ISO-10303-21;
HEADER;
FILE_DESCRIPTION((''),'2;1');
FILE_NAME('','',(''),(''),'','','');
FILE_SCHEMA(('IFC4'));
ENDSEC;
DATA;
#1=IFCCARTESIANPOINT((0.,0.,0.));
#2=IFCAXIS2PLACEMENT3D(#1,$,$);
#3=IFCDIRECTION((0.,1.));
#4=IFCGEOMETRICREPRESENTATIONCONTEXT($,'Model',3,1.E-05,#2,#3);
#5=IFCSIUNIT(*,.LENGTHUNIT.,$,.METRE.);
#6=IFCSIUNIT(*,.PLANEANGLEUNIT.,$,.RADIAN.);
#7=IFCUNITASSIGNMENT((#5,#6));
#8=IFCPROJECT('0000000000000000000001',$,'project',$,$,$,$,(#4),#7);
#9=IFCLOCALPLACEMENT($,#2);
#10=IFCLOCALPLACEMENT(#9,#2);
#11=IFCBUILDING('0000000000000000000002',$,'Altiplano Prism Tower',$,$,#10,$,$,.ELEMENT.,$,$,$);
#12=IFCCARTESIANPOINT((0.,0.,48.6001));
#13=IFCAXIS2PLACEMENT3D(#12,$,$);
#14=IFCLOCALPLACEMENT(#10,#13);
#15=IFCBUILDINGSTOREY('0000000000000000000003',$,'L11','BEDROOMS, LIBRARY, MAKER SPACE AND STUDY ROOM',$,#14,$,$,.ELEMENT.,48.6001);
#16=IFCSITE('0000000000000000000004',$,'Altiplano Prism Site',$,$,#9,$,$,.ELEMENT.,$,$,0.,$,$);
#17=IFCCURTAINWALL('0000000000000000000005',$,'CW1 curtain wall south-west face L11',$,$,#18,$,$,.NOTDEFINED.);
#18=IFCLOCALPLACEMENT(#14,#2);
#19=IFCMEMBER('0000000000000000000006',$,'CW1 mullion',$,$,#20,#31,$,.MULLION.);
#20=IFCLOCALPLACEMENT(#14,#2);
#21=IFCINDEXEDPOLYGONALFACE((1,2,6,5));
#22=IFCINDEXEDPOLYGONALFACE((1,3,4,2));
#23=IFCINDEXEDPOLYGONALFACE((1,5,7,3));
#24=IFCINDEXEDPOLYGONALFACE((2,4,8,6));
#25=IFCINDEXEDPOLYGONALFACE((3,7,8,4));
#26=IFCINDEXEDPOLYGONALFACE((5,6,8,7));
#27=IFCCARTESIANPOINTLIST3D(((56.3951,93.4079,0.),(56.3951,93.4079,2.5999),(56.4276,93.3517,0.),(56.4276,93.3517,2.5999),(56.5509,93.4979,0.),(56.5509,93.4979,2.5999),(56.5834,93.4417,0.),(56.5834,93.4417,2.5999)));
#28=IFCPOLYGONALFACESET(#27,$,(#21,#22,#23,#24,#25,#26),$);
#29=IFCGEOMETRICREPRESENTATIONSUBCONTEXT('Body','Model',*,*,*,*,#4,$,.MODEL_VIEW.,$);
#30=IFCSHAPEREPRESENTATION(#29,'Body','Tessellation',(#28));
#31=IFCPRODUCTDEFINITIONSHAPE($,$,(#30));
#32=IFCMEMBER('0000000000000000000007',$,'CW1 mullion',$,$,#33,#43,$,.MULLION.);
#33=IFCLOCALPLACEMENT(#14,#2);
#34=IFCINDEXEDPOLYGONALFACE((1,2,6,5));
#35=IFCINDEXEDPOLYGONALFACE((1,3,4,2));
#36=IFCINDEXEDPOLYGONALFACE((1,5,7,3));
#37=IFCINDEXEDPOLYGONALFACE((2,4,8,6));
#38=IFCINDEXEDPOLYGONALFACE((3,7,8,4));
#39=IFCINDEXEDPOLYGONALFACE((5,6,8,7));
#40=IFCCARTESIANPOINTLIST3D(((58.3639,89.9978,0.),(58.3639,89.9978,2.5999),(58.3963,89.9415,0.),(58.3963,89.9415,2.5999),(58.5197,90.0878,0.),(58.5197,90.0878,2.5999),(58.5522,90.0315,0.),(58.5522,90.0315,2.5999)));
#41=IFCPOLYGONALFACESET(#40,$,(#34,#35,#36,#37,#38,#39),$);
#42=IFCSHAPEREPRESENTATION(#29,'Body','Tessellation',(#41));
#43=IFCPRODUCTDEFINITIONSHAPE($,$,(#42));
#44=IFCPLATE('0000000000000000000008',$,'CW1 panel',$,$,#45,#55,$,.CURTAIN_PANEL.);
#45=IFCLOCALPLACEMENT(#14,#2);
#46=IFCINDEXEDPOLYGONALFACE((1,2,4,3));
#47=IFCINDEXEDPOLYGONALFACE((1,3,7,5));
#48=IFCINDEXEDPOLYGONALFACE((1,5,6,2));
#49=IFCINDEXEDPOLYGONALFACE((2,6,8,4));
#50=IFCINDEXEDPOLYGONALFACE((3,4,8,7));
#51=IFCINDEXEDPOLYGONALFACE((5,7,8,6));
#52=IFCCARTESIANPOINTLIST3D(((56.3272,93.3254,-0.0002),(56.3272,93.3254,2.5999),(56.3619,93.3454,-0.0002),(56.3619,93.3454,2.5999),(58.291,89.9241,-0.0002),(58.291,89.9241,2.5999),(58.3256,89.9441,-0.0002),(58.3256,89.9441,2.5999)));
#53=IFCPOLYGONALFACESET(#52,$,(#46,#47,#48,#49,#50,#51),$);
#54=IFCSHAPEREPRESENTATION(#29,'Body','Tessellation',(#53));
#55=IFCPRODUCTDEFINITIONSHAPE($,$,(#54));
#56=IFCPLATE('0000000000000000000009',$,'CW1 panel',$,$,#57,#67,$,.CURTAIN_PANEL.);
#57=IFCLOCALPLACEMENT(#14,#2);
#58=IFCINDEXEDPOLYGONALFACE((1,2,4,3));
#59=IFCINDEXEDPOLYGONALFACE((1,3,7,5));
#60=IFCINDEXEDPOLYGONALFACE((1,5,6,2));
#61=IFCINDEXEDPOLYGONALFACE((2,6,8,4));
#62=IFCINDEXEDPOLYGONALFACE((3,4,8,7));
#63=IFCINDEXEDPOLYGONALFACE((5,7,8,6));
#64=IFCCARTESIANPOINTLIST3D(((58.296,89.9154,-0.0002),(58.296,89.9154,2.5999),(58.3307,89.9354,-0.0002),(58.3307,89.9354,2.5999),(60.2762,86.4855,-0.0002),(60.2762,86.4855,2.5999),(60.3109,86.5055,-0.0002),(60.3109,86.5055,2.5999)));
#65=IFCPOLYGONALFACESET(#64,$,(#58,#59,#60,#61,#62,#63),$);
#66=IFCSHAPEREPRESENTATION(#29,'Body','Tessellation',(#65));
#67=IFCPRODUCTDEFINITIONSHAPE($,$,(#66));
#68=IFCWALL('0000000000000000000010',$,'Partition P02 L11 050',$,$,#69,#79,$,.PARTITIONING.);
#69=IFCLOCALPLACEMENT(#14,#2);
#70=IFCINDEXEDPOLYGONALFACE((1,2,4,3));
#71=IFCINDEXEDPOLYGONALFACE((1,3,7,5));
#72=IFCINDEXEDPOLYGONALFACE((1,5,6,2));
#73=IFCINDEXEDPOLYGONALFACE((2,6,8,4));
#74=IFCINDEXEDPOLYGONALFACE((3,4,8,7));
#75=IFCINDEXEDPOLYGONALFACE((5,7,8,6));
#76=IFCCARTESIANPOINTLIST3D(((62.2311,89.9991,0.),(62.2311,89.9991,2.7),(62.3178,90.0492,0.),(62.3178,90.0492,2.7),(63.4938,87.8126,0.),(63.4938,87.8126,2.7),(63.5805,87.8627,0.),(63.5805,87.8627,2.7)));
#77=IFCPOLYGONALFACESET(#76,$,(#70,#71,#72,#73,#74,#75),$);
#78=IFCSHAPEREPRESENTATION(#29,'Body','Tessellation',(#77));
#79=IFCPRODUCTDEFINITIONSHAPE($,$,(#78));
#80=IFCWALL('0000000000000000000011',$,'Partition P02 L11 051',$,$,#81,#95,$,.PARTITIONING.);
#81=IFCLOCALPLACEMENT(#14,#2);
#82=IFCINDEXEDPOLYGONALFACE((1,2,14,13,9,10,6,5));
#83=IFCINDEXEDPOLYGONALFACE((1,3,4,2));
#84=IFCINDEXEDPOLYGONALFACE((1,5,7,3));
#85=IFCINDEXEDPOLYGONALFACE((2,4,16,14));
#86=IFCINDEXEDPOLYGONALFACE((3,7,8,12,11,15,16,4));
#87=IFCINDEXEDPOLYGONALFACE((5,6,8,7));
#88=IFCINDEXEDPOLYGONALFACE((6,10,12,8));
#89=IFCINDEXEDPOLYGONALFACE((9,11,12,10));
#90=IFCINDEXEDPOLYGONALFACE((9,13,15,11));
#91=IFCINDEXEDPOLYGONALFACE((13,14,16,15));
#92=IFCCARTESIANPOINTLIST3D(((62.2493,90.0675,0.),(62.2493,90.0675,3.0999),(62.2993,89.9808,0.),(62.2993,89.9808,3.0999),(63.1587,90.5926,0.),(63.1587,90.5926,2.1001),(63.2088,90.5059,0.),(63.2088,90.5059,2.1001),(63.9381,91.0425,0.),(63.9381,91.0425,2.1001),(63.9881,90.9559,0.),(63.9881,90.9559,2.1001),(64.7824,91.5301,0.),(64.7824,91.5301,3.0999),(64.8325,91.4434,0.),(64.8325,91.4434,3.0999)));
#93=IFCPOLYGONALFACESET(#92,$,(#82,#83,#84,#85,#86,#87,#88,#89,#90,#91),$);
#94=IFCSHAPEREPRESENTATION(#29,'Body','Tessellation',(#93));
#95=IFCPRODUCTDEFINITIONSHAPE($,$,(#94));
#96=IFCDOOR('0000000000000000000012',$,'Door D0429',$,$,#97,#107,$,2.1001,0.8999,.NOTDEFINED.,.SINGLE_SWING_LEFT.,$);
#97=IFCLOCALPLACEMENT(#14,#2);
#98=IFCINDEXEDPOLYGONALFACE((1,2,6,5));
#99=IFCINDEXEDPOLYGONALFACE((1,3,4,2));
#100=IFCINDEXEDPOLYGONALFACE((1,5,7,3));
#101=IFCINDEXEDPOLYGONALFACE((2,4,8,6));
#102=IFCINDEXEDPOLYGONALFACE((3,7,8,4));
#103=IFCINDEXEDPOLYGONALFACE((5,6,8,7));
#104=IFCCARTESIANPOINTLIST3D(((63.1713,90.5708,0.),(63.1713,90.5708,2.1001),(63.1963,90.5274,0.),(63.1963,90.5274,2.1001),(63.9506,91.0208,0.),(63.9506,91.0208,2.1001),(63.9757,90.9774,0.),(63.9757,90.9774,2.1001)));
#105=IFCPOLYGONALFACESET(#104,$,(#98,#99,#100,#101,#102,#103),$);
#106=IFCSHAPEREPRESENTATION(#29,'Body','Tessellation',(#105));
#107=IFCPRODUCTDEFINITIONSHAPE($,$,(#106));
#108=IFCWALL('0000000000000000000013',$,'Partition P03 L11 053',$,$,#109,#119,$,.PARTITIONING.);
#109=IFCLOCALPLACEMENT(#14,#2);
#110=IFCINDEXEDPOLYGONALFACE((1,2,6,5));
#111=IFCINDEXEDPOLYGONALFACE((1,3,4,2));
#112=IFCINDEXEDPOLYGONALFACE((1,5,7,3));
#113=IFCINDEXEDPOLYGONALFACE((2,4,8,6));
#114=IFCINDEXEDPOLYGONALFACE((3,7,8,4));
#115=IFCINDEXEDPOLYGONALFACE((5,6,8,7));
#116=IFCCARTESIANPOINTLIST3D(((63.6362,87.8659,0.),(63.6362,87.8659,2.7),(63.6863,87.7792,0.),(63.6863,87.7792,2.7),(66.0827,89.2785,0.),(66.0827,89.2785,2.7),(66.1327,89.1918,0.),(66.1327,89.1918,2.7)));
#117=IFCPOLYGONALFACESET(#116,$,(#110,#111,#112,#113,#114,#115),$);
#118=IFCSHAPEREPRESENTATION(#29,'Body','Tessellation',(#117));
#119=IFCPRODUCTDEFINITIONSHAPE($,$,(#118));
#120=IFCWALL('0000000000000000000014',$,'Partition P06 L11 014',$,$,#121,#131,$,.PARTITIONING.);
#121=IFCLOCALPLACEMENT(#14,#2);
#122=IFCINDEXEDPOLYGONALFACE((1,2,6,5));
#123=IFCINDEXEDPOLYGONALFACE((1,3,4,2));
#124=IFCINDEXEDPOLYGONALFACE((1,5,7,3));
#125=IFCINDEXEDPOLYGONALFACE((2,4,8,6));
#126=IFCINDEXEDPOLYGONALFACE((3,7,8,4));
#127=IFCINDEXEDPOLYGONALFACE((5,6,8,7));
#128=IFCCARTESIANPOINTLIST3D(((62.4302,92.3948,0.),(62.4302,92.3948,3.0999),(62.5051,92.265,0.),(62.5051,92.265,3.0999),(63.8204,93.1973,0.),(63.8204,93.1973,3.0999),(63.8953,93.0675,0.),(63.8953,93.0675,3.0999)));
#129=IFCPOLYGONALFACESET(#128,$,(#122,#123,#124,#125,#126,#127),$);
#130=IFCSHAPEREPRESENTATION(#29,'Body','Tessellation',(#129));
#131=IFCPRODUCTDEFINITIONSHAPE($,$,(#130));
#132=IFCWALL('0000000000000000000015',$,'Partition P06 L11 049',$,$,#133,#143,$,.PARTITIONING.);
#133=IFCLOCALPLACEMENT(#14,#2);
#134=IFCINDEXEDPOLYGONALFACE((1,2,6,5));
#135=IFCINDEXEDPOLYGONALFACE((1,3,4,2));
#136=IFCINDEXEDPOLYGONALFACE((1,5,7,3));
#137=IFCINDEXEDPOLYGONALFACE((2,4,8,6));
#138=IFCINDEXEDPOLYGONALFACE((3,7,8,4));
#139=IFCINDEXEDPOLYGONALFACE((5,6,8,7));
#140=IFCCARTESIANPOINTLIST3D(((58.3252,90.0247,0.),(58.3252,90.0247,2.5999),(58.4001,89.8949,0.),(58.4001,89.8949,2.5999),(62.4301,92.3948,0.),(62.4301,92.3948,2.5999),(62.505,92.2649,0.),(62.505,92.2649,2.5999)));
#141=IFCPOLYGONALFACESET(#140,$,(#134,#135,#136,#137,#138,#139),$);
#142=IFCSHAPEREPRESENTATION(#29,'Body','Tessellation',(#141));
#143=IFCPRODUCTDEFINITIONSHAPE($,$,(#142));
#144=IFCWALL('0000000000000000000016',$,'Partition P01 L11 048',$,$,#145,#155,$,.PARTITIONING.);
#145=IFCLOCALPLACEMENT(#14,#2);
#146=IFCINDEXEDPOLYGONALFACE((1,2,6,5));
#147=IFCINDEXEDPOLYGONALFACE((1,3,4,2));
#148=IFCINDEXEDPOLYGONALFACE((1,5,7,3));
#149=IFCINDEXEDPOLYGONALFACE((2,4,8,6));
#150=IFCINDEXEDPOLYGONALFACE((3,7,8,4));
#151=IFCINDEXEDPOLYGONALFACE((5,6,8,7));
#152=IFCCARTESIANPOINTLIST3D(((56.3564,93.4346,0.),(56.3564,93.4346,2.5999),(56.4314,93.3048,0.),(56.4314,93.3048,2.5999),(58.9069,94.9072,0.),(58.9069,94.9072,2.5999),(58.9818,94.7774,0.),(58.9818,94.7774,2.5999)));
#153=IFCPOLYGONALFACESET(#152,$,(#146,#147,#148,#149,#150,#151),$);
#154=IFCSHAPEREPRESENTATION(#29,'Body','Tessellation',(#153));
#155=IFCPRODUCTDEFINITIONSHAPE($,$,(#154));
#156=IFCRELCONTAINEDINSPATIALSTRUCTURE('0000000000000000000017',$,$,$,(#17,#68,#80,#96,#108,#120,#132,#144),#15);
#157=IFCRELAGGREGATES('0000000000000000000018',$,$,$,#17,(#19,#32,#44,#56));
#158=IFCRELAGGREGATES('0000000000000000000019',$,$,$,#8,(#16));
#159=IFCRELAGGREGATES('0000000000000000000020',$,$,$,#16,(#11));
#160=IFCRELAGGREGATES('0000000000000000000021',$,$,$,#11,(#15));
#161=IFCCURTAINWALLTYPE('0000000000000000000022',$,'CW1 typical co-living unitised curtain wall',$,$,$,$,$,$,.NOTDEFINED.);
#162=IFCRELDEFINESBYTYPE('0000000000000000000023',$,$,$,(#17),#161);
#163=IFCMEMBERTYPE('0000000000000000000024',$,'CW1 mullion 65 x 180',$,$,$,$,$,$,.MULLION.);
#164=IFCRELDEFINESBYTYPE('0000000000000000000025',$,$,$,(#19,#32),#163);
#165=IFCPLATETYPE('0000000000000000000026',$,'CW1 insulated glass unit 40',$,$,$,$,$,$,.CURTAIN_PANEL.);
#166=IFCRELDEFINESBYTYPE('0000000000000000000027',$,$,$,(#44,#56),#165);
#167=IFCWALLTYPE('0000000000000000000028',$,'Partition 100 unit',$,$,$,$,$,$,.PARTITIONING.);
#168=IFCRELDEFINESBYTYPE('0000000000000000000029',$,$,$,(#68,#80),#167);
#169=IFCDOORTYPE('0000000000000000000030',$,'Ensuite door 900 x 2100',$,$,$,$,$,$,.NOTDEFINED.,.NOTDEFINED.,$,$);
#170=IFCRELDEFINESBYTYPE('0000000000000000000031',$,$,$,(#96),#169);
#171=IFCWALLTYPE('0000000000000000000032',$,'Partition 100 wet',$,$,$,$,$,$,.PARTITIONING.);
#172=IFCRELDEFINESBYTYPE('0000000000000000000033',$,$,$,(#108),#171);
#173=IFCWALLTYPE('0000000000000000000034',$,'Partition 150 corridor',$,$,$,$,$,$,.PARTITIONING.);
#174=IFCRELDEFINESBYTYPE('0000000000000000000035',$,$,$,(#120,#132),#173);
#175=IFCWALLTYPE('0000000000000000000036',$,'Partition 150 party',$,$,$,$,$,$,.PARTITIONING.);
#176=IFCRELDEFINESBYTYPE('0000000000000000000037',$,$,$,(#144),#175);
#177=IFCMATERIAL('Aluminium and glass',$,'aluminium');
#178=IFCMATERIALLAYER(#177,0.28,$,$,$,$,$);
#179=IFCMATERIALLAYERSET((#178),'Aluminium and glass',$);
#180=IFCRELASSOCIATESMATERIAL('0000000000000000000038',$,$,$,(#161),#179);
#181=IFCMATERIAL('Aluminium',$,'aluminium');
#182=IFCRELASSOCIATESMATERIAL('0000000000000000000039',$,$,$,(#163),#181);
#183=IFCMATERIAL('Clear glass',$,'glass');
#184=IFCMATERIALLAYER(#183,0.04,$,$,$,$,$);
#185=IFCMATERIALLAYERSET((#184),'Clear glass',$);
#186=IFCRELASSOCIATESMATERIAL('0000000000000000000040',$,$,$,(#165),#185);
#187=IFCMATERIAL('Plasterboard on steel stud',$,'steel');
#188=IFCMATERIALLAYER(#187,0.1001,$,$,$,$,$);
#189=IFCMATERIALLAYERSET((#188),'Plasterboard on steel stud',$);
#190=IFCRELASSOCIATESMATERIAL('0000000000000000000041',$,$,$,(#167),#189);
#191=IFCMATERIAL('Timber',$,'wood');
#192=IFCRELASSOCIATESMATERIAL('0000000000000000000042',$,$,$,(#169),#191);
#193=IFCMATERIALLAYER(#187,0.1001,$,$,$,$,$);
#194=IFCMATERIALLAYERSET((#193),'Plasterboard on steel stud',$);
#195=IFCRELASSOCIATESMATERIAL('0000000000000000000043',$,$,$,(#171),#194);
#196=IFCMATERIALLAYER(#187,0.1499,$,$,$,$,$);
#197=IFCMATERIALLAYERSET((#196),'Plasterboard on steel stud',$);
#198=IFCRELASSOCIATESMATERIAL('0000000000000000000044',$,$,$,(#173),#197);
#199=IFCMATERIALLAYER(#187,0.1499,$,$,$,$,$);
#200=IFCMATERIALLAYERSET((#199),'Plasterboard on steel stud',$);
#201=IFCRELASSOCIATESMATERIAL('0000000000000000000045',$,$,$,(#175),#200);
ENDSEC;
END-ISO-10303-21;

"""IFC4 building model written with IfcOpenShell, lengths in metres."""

from ifc_helpers import new_model, si_unit, direction, frame, frame_2d, origin, origin_2d, place, context, subcontext, project, spatial, rectangle, extrude, material, layer, layer_set, material_profile, profile_set, type_object, element, fill, aggregate, save


model = new_model("IFC4")

# Units and contexts
model_context = context("Model", 3, precision=1e-05, world=origin(), true_north=direction((0.0, 1.0)))
body_context = subcontext(model_context, "Body", "Model", "MODEL_VIEW")
ifc_project = project(units=[si_unit("LENGTHUNIT", "METRE"), si_unit("PLANEANGLEUNIT", "RADIAN")], contexts=[model_context])

# Site, building, storey
site_placement = place(None, origin())
site = spatial("IfcSite", under=ifc_project, at=site_placement, Name="Altiplano Prism Site", CompositionType="ELEMENT", RefElevation=0.0)
building_placement = place(site_placement, origin())
building = spatial("IfcBuilding", under=site, at=building_placement, Name="Altiplano Prism Tower", CompositionType="ELEMENT")
storey_placement = place(building_placement, frame((0.0, 0.0, 48.6001)))
storey = spatial("IfcBuildingStorey", under=building, at=storey_placement, Name="L11", Description="BEDROOMS, LIBRARY, MAKER SPACE AND STUDY ROOM", CompositionType="ELEMENT", Elevation=48.6001)

# Curtain wall, members, plates
ifc_material_1 = material(Name="Aluminium and glass", Category="aluminium")
ifc_layer_1 = layer(ifc_material_1, 0.28)
ifc_layer_set_1 = layer_set([ifc_layer_1], Name="Aluminium and glass")
curtain_wall_type = type_object("IfcCurtainWallType", Name="CW1 typical co-living unitised curtain wall", PredefinedType="NOTDEFINED", material=ifc_layer_set_1)
curtain_wall_placement = place(storey_placement, origin())
curtain_wall = element("IfcCurtainWall", 1, at=curtain_wall_placement, inside=storey, type_object=curtain_wall_type, Name="CW1 curtain wall south-west face L11", PredefinedType="NOTDEFINED")
ifc_material_2 = material(Name="Aluminium", Category="aluminium")
ifc_material_profile = material_profile(ifc_material_2, rectangle(XDim=0.1799, YDim=0.0649, at=origin_2d()), Name="CW1 mullion 65 x 180")
ifc_profile_set = profile_set([ifc_material_profile], Name="Aluminium")
member_type = type_object("IfcMemberType", Name="CW1 mullion 65 x 180", PredefinedType="MULLION", material=ifc_profile_set)
member_1_placement = place(storey_placement, frame((56.4893, 93.4248, 0.0), z_axis=(0.0, 0.0, 1.0), x_axis=(0.866025, 0.5, 0.0)))
member_1 = element("IfcMember", 2, at=member_1_placement, type_object=member_type, Name="CW1 mullion", PredefinedType="MULLION", context=body_context, shape_type="SweptSolid", body=[
    extrude(rectangle(XDim=0.1799, YDim=0.0649, at=origin_2d()), origin(), (0.0, 0.0, 1.0), 2.5999),
])
member_2_placement = place(storey_placement, frame((58.458, 90.0146, 0.0), z_axis=(0.0, 0.0, 1.0), x_axis=(0.866025, 0.5, 0.0)))
member_2 = element("IfcMember", 3, at=member_2_placement, type_object=member_type, Name="CW1 mullion", PredefinedType="MULLION", context=body_context, shape_type="SweptSolid", body=[
    extrude(rectangle(XDim=0.1799, YDim=0.0649, at=origin_2d()), origin(), (0.0, 0.0, 1.0), 2.5999),
])
ifc_material_3 = material(Name="Clear glass", Category="glass")
ifc_layer_2 = layer(ifc_material_3, 0.04)
ifc_layer_set_2 = layer_set([ifc_layer_2], Name="Clear glass")
plate_type = type_object("IfcPlateType", Name="CW1 insulated glass unit 40", PredefinedType="CURTAIN_PANEL", material=ifc_layer_set_2)
plate_1_placement = place(storey_placement, frame((57.3264, 91.6348, -0.0002), z_axis=(0.0, 0.0, 1.0), x_axis=(0.5, -0.866025, 0.0)))
plate_1 = element("IfcPlate", 4, at=plate_1_placement, type_object=plate_type, Name="CW1 panel", PredefinedType="CURTAIN_PANEL", context=body_context, shape_type="SweptSolid", body=[
    extrude(rectangle(XDim=3.9275, YDim=0.04, at=origin_2d()), origin(), (0.0, 0.0, 1.0), 2.6001),
])
plate_2_placement = place(storey_placement, frame((59.3035, 88.2104, -0.0002), z_axis=(0.0, 0.0, 1.0), x_axis=(0.5, -0.866025, 0.0)))
plate_2 = element("IfcPlate", 5, at=plate_2_placement, type_object=plate_type, Name="CW1 panel", PredefinedType="CURTAIN_PANEL", context=body_context, shape_type="SweptSolid", body=[
    extrude(rectangle(XDim=3.9604, YDim=0.04, at=origin_2d()), origin(), (0.0, 0.0, 1.0), 2.6001),
])
aggregate(curtain_wall, [member_1, member_2, plate_1, plate_2])

# Wall
ifc_material_4 = material(Name="Plasterboard on steel stud", Category="steel")
ifc_layer_3 = layer(ifc_material_4, 0.1001)
ifc_layer_set_3 = layer_set([ifc_layer_3], Name="Plasterboard on steel stud")
wall_type_1 = type_object("IfcWallType", Name="Partition 100 unit", PredefinedType="PARTITIONING", material=ifc_layer_set_3)
wall_1_placement = place(storey_placement, frame((63.5371, 87.8376, 0.0), z_axis=(0.0, 0.0, 1.0), x_axis=(-0.500091, 0.865973, 0.0)))
element("IfcWall", 6, at=wall_1_placement, inside=storey, type_object=wall_type_1, Name="Partition P02 L11 050", PredefinedType="PARTITIONING", context=body_context, shape_type="SweptSolid", body=[
    extrude(rectangle(XDim=2.5249, YDim=0.1001, at=frame_2d((1.2625, 0.0))), origin(), (0.0, 0.0, 1.0), 2.7),
])

# Wall, opening, door
wall_2_placement = place(storey_placement, frame((62.2744, 90.0242, 0.0), z_axis=(0.0, 0.0, 1.0), x_axis=(0.86601, 0.500026, 0.0)))
wall_2 = element("IfcWall", 7, at=wall_2_placement, inside=storey, type_object=wall_type_1, Name="Partition P02 L11 051", PredefinedType="PARTITIONING", context=body_context, shape_type="SweptSolid", body=[
    extrude(rectangle(XDim=2.925, YDim=0.1001, at=frame_2d((1.4624, 0.0))), origin(), (0.0, 0.0, 1.0), 3.0999),
])
opening_1_placement = place(wall_2_placement, frame((1.05, 0.0, 0.0)))
opening_1 = element("IfcOpeningElement", 8, at=opening_1_placement, cuts=wall_2, PredefinedType="OPENING", context=body_context, shape_type="SweptSolid", body=[
    extrude(rectangle(XDim=0.8999, YDim=2.1001, at=frame_2d((0.45, 1.05))), frame((0.0, 0.0605, 0.0), z_axis=(0.0, -1.0, 0.0), x_axis=(1.0, 0.0, 0.0)), (0.0, 0.0, 1.0), 0.1211),
])
ifc_material_5 = material(Name="Timber", Category="wood")
door_type_1 = type_object("IfcDoorType", Name="Ensuite door 900 x 2100", OperationType="NOTDEFINED", PredefinedType="NOTDEFINED", material=ifc_material_5)
door_1_placement = place(opening_1_placement, origin())
door_1 = element("IfcDoor", 9, at=door_1_placement, inside=storey, type_object=door_type_1, Name="Door D0429", OperationType="SINGLE_SWING_LEFT", OverallHeight=2.1001, OverallWidth=0.8999, PredefinedType="NOTDEFINED", context=body_context, shape_type="SweptSolid", body=[
    extrude(rectangle(XDim=0.8999, YDim=2.1001, at=frame_2d((0.45, 1.05))), frame((0.0, 0.0249, 0.0), z_axis=(0.0, -1.0, 0.0), x_axis=(1.0, 0.0, 0.0)), (0.0, 0.0, 1.0), 0.05),
])
fill(opening_1, door_1)

# Walls
ifc_layer_4 = layer(ifc_material_4, 0.1001)
ifc_layer_set_4 = layer_set([ifc_layer_4], Name="Plasterboard on steel stud")
wall_type_2 = type_object("IfcWallType", Name="Partition 100 wet", PredefinedType="PARTITIONING", material=ifc_layer_set_4)
wall_3_placement = place(storey_placement, frame((63.6611, 87.8225, 0.0), z_axis=(0.0, 0.0, 1.0), x_axis=(0.866011, 0.500024, 0.0)))
element("IfcWall", 10, at=wall_3_placement, inside=storey, type_object=wall_type_2, Name="Partition P03 L11 053", PredefinedType="PARTITIONING", context=body_context, shape_type="SweptSolid", body=[
    extrude(rectangle(XDim=2.825, YDim=0.1001, at=frame_2d((1.4126, 0.0))), origin(), (0.0, 0.0, 1.0), 2.7),
])
ifc_layer_5 = layer(ifc_material_4, 0.1499)
ifc_layer_set_5 = layer_set([ifc_layer_5], Name="Plasterboard on steel stud")
wall_type_3 = type_object("IfcWallType", Name="Partition 150 corridor", PredefinedType="PARTITIONING", material=ifc_layer_set_5)
wall_4_placement = place(storey_placement, frame((62.4675, 92.3298, 0.0), z_axis=(0.0, 0.0, 1.0), x_axis=(0.866054, 0.499951, 0.0)))
element("IfcWall", 11, at=wall_4_placement, inside=storey, type_object=wall_type_3, Name="Partition P06 L11 014", PredefinedType="PARTITIONING", context=body_context, shape_type="SweptSolid", body=[
    extrude(rectangle(XDim=1.6052, YDim=0.1499, at=frame_2d((0.8027, 0.0))), origin(), (0.0, 0.0, 1.0), 3.0999),
])

# Walls
wall_5_placement = place(storey_placement, frame((58.3625, 89.9597, 0.0), z_axis=(0.0, 0.0, 1.0), x_axis=(0.866016, 0.500017, 0.0)))
element("IfcWall", 12, at=wall_5_placement, inside=storey, type_object=wall_type_3, Name="Partition P06 L11 049", PredefinedType="PARTITIONING", context=body_context, shape_type="SweptSolid", body=[
    extrude(rectangle(XDim=4.74, YDim=0.1499, at=frame_2d((2.3701, 0.0))), origin(), (0.0, 0.0, 1.0), 2.5999),
])
ifc_layer_6 = layer(ifc_material_4, 0.1499)
ifc_layer_set_6 = layer_set([ifc_layer_6], Name="Plasterboard on steel stud")
wall_type_4 = type_object("IfcWallType", Name="Partition 150 party", PredefinedType="PARTITIONING", material=ifc_layer_set_6)
wall_6_placement = place(storey_placement, frame((56.3938, 93.3696, 0.0), z_axis=(0.0, 0.0, 1.0), x_axis=(0.86601, 0.500026, 0.0)))
element("IfcWall", 13, at=wall_6_placement, inside=storey, type_object=wall_type_4, Name="Partition P01 L11 048", PredefinedType="PARTITIONING", context=body_context, shape_type="SweptSolid", body=[
    extrude(rectangle(XDim=2.9451, YDim=0.1499, at=frame_2d((1.4727, 0.0))), origin(), (0.0, 0.0, 1.0), 2.5999),
])

save(model, "model.ifc")
